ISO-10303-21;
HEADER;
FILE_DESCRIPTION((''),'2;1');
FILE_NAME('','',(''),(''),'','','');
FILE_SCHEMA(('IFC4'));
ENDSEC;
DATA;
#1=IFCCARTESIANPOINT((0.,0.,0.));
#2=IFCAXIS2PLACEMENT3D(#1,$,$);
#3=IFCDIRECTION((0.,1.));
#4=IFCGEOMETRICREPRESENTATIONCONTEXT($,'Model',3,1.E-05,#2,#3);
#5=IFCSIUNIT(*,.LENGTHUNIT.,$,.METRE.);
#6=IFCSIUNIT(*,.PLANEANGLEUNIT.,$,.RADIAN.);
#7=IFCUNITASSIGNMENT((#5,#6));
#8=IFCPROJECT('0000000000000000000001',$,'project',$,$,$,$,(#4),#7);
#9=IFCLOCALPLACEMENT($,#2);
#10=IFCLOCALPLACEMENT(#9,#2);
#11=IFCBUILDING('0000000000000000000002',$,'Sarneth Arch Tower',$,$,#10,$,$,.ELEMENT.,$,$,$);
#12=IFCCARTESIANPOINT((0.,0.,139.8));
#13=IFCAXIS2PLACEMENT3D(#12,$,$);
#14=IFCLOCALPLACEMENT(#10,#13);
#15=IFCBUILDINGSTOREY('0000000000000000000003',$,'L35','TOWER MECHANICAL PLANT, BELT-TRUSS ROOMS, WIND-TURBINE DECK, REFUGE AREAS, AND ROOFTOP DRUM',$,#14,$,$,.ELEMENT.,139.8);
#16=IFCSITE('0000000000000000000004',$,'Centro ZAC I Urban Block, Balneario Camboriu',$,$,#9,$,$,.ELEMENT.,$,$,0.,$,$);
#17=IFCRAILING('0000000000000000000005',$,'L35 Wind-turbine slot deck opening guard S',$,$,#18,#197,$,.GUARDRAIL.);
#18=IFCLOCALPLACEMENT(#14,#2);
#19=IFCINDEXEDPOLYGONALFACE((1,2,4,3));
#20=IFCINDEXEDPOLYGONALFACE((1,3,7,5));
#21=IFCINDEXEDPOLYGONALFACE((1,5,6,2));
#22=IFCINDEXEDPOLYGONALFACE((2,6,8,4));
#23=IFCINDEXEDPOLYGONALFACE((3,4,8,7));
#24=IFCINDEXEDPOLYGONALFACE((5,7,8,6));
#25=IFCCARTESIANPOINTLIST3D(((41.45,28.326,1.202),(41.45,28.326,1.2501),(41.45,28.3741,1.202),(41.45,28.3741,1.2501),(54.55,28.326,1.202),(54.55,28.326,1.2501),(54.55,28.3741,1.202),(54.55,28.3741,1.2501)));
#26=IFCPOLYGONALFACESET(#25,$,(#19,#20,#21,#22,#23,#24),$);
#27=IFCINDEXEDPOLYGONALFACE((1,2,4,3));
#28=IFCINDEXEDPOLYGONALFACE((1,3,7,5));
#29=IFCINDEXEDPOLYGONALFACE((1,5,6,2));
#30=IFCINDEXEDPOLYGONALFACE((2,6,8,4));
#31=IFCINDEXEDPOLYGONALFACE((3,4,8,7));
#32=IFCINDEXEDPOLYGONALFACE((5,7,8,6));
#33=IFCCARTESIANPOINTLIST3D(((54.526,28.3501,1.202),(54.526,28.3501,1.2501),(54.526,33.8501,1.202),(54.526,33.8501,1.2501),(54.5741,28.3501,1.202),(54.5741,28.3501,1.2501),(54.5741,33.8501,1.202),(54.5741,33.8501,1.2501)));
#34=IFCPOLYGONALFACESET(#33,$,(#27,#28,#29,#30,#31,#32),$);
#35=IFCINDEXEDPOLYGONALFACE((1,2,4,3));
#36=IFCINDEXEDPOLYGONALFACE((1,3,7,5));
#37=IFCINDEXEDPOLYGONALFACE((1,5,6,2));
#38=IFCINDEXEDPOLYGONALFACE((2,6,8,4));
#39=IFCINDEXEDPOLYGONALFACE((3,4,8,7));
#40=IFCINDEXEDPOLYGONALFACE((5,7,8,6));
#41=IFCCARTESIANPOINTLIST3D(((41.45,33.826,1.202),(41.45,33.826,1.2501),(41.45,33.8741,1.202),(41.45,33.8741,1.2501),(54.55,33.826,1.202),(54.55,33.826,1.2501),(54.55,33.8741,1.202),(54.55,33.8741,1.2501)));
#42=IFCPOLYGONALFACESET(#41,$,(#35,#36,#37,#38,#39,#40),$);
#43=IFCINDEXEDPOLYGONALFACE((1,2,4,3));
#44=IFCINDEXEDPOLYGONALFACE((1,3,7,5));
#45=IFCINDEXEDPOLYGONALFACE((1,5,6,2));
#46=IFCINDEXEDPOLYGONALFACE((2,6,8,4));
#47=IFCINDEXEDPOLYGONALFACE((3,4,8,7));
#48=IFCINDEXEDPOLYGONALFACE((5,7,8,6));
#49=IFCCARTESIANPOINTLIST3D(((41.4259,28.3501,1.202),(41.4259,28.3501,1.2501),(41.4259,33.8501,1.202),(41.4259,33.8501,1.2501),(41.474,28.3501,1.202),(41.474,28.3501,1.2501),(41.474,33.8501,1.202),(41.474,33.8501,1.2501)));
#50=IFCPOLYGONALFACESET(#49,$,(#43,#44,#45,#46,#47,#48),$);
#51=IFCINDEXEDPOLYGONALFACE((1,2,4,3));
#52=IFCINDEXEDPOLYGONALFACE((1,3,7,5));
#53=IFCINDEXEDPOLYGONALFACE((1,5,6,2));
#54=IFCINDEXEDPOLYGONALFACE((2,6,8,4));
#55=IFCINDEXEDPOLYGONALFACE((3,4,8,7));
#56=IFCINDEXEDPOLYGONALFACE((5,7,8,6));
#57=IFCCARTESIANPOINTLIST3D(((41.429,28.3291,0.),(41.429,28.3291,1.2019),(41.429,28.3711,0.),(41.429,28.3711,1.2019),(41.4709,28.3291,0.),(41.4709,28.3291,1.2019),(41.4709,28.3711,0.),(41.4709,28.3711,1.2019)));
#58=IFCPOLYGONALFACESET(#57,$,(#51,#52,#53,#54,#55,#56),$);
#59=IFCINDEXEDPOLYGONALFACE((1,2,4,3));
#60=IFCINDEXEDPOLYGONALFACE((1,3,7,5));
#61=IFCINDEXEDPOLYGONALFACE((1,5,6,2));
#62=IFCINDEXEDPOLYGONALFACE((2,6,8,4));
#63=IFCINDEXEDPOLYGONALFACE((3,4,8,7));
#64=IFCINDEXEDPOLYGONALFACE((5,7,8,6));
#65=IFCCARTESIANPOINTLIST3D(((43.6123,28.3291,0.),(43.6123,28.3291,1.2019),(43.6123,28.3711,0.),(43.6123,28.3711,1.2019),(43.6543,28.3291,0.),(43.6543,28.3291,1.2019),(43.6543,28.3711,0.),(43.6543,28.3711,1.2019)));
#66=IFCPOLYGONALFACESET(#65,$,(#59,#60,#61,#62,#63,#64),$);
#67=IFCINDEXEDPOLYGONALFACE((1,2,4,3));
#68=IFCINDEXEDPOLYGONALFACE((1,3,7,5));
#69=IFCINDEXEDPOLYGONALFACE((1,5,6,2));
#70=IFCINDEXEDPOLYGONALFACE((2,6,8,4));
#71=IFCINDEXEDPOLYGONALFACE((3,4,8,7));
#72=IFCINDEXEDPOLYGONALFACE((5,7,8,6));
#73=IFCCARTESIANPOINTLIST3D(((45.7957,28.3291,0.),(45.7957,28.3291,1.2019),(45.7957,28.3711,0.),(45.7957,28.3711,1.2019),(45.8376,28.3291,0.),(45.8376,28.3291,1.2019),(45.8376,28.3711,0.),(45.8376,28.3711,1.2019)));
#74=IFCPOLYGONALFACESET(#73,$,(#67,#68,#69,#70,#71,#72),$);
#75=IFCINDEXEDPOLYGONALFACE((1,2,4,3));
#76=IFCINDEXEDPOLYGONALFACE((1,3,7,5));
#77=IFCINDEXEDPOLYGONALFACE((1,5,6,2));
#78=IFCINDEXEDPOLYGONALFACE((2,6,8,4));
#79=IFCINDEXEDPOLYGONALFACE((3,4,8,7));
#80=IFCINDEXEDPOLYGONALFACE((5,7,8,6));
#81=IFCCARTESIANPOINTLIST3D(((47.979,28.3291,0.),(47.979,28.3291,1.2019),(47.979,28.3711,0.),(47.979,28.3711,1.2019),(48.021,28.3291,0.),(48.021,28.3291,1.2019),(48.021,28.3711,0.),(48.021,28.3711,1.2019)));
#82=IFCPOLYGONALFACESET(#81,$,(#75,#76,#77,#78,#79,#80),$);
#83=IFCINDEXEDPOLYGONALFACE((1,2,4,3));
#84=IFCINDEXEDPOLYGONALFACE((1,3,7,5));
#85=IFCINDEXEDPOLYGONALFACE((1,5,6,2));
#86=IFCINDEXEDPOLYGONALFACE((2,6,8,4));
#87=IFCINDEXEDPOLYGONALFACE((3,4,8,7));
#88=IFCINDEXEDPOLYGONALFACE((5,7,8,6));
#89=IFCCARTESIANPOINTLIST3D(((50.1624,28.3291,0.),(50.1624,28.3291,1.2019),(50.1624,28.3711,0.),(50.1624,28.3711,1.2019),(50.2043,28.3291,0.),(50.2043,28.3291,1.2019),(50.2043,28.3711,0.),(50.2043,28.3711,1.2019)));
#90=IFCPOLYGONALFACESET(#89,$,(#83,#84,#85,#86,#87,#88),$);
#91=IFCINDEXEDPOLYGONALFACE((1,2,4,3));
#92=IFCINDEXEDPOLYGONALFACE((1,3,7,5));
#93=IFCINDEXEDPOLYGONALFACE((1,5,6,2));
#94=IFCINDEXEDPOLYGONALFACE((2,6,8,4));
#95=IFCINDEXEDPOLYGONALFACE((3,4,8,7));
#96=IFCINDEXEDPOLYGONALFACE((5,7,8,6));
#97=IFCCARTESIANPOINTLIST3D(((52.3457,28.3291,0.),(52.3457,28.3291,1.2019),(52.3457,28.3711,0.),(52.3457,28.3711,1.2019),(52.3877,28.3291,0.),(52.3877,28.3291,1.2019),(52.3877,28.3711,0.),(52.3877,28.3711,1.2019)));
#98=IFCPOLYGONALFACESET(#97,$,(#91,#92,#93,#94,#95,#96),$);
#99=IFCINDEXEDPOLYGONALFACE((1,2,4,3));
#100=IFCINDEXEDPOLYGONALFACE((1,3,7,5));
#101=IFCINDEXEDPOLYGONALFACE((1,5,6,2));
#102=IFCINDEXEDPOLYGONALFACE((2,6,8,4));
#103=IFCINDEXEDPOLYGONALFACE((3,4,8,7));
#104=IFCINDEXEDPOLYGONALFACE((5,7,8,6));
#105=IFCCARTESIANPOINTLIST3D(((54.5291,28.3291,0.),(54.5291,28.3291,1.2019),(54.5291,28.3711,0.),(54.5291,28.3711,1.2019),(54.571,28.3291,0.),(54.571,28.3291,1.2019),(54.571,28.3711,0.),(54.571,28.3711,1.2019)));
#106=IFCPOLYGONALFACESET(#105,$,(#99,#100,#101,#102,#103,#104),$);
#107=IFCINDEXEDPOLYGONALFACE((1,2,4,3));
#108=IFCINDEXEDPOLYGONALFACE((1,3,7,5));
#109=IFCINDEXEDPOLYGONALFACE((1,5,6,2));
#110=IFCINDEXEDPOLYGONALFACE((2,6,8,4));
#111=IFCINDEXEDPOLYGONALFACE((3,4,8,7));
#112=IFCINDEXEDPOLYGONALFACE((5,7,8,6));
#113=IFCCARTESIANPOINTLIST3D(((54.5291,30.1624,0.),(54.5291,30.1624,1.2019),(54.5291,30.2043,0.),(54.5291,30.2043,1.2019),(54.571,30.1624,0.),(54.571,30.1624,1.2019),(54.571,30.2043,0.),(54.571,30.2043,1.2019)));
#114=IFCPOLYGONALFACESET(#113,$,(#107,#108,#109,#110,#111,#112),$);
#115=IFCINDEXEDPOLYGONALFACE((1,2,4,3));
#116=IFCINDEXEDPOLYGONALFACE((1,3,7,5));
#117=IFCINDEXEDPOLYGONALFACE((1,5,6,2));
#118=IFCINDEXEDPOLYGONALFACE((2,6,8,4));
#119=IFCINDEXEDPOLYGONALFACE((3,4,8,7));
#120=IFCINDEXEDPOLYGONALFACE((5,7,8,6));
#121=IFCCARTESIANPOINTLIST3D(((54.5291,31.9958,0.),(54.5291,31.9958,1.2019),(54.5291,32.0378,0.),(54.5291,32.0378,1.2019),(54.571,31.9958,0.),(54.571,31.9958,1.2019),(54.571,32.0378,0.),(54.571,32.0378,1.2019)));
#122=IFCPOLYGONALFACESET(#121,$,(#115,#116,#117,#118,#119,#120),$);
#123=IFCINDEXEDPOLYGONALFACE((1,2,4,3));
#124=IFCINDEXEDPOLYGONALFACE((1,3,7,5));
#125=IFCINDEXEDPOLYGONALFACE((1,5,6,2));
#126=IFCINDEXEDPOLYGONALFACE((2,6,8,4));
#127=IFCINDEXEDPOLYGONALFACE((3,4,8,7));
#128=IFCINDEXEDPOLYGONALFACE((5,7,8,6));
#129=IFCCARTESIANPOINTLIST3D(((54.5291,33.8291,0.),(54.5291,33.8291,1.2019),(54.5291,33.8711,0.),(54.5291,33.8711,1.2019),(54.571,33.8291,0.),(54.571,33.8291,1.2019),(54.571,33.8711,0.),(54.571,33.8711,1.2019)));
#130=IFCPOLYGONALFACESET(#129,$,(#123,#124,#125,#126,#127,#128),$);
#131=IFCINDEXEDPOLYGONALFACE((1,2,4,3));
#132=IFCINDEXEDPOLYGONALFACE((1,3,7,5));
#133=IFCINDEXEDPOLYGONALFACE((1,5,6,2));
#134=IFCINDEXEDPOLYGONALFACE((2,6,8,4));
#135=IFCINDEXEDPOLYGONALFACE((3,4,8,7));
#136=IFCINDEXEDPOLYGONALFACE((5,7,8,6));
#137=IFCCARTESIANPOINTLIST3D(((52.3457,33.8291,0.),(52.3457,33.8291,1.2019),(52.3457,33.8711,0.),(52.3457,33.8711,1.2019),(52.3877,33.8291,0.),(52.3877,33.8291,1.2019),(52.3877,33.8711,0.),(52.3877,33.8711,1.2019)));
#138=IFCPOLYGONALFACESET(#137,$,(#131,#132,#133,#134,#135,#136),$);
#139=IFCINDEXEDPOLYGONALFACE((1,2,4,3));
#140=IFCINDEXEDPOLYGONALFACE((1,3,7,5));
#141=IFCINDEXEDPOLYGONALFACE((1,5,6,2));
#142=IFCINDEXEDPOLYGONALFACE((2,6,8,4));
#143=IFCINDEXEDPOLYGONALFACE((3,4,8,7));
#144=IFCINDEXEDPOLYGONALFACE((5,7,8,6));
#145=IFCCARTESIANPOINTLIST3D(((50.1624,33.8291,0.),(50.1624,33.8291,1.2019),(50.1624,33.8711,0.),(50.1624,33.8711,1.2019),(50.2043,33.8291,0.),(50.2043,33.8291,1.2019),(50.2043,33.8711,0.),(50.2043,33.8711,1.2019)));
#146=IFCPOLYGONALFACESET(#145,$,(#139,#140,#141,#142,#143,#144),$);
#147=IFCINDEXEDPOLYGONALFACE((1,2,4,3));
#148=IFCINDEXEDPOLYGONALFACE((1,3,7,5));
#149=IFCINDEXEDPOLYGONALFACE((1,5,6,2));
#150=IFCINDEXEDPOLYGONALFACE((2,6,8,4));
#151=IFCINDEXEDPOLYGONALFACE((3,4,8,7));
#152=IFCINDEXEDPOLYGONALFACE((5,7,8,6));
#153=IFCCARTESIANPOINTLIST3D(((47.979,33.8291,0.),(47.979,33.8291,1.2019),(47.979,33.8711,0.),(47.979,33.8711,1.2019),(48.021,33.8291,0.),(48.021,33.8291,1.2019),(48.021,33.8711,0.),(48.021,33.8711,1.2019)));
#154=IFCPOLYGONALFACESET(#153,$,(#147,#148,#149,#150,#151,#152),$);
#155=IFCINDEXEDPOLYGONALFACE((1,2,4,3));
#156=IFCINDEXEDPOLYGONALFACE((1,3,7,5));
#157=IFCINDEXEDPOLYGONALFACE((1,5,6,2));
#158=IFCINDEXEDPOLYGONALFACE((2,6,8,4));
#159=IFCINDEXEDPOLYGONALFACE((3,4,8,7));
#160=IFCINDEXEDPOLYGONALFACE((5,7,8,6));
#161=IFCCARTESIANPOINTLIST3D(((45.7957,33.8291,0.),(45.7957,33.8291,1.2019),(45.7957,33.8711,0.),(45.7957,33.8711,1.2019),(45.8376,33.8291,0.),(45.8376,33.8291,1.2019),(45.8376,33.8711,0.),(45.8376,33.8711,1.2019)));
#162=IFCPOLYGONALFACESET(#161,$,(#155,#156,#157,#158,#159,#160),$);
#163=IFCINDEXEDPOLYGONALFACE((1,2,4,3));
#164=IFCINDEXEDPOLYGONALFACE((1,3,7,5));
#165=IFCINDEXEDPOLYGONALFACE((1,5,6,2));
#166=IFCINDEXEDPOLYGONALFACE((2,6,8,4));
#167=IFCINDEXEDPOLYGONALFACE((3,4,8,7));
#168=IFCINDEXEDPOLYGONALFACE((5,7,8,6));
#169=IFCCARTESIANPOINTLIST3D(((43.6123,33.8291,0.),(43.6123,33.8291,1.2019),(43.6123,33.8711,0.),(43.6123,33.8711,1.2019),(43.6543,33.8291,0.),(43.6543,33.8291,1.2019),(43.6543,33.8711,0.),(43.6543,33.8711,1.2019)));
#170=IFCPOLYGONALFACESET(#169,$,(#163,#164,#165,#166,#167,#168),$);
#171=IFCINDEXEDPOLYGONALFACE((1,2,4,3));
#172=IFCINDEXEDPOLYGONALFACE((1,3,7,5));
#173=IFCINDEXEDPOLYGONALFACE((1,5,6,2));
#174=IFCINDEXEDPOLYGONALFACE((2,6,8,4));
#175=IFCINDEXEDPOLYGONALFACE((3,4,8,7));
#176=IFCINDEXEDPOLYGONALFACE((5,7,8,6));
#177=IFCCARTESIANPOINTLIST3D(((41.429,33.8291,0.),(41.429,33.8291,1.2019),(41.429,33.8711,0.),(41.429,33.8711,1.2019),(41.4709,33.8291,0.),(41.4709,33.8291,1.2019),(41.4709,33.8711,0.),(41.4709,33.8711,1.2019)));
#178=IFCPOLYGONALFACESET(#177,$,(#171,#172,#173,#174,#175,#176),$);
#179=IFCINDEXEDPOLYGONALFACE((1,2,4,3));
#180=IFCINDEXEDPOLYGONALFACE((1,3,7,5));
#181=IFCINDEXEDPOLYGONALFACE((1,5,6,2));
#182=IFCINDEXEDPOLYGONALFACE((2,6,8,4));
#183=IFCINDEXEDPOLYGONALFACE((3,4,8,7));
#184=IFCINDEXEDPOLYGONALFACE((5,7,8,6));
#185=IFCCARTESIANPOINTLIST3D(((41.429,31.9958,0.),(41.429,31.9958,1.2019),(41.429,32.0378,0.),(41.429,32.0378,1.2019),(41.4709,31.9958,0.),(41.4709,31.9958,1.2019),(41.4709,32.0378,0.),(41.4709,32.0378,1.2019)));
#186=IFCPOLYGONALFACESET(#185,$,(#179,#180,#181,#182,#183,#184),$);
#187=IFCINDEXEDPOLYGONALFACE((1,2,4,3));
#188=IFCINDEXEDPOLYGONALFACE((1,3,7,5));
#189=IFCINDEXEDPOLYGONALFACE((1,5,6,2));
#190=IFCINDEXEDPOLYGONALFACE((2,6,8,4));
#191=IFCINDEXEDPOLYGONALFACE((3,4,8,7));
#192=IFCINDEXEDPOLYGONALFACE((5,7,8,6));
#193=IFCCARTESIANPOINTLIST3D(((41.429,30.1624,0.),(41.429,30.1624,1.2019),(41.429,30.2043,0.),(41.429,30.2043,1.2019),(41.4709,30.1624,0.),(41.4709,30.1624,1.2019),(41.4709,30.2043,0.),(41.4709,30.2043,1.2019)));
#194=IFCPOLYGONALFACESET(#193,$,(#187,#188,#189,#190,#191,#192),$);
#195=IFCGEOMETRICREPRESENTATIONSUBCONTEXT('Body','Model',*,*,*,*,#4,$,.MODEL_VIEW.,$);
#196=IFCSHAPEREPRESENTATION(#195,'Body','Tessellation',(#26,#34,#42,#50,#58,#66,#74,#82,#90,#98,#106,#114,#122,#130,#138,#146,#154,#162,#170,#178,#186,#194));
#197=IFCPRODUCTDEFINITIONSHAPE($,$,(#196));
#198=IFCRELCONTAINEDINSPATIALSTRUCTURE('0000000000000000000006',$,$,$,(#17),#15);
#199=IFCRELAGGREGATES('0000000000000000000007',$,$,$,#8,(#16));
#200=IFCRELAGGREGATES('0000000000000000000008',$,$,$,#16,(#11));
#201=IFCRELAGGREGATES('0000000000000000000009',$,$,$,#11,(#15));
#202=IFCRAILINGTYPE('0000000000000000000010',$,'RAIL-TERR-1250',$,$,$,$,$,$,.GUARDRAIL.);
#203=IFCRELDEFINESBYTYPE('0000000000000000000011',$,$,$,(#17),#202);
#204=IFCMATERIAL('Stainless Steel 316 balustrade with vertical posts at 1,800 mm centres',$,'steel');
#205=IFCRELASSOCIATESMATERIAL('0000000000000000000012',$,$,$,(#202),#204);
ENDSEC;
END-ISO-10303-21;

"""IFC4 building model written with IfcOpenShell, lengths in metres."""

from ifc_helpers import new_model, si_unit, direction, frame, origin, origin_2d, place, context, subcontext, project, spatial, rectangle, extrude, material, type_object, element, save


model = new_model("IFC4")

# Units and contexts
model_context = context("Model", 3, precision=1e-05, world=origin(), true_north=direction((0.0, 1.0)))
body_context = subcontext(model_context, "Body", "Model", "MODEL_VIEW")
ifc_project = project(units=[si_unit("LENGTHUNIT", "METRE"), si_unit("PLANEANGLEUNIT", "RADIAN")], contexts=[model_context])

# Site, building, storey
site_placement = place(None, origin())
site = spatial("IfcSite", under=ifc_project, at=site_placement, Name="Centro ZAC I Urban Block, Balneario Camboriu", CompositionType="ELEMENT", RefElevation=0.0)
building_placement = place(site_placement, origin())
building = spatial("IfcBuilding", under=site, at=building_placement, Name="Sarneth Arch Tower", CompositionType="ELEMENT")
storey_placement = place(building_placement, frame((0.0, 0.0, 139.8)))
storey = spatial("IfcBuildingStorey", under=building, at=storey_placement, Name="L35", Description="TOWER MECHANICAL PLANT, BELT-TRUSS ROOMS, WIND-TURBINE DECK, REFUGE AREAS, AND ROOFTOP DRUM", CompositionType="ELEMENT", Elevation=139.8)

# Railing
ifc_material_1 = material(Name="Stainless Steel 316 balustrade with vertical posts at 1,800 mm centres", Category="steel")
railing_type = type_object("IfcRailingType", Name="RAIL-TERR-1250", PredefinedType="GUARDRAIL", material=ifc_material_1)
railing_1_placement = place(storey_placement, frame((41.45, 28.3501, 0.0)))
element("IfcRailing", 1, at=railing_1_placement, inside=storey, type_object=railing_type, Name="L35 Wind-turbine slot deck opening guard S", PredefinedType="GUARDRAIL", context=body_context, shape_type="SweptSolid", body=[
    extrude(rectangle(XDim=0.0481, YDim=0.0481, at=origin_2d()), frame((0.0, 0.0, 1.2261), z_axis=(1.0, 0.0, 0.0), x_axis=(0.0, 1.0, 0.0)), (0.0, 0.0, 1.0), 13.1001),
    extrude(rectangle(XDim=0.0481, YDim=0.0481, at=origin_2d()), frame((13.1001, 0.0, 1.2261), z_axis=(0.0, 1.0, 0.0), x_axis=(-1.0, 0.0, 0.0)), (0.0, 0.0, 1.0), 5.5),
    extrude(rectangle(XDim=0.0481, YDim=0.0481, at=origin_2d()), frame((13.1001, 5.5, 1.2261), z_axis=(-1.0, 0.0, 0.0), x_axis=(0.0, -1.0, 0.0)), (0.0, 0.0, 1.0), 13.1001),
    extrude(rectangle(XDim=0.0481, YDim=0.0481, at=origin_2d()), frame((0.0, 5.5, 1.2261), z_axis=(0.0, -1.0, 0.0), x_axis=(1.0, 0.0, 0.0)), (0.0, 0.0, 1.0), 5.5),
    extrude(rectangle(XDim=0.042, YDim=0.042, at=origin_2d()), origin(), (0.0, 0.0, 1.0), 1.2019),
    extrude(rectangle(XDim=0.042, YDim=0.042, at=origin_2d()), frame((2.1833, 0.0, 0.0)), (0.0, 0.0, 1.0), 1.2019),
    extrude(rectangle(XDim=0.042, YDim=0.042, at=origin_2d()), frame((4.3667, 0.0, 0.0)), (0.0, 0.0, 1.0), 1.2019),
    extrude(rectangle(XDim=0.042, YDim=0.042, at=origin_2d()), frame((6.55, 0.0, 0.0)), (0.0, 0.0, 1.0), 1.2019),
    extrude(rectangle(XDim=0.042, YDim=0.042, at=origin_2d()), frame((8.7334, 0.0, 0.0)), (0.0, 0.0, 1.0), 1.2019),
    extrude(rectangle(XDim=0.042, YDim=0.042, at=origin_2d()), frame((10.9167, 0.0, 0.0)), (0.0, 0.0, 1.0), 1.2019),
    extrude(rectangle(XDim=0.042, YDim=0.042, at=origin_2d()), frame((13.1001, 0.0, 0.0)), (0.0, 0.0, 1.0), 1.2019),
    extrude(rectangle(XDim=0.042, YDim=0.042, at=origin_2d()), frame((13.1001, 1.8333, 0.0)), (0.0, 0.0, 1.0), 1.2019),
    extrude(rectangle(XDim=0.042, YDim=0.042, at=origin_2d()), frame((13.1001, 3.6667, 0.0)), (0.0, 0.0, 1.0), 1.2019),
    extrude(rectangle(XDim=0.042, YDim=0.042, at=origin_2d()), frame((13.1001, 5.5, 0.0)), (0.0, 0.0, 1.0), 1.2019),
    extrude(rectangle(XDim=0.042, YDim=0.042, at=origin_2d()), frame((10.9167, 5.5, 0.0)), (0.0, 0.0, 1.0), 1.2019),
    extrude(rectangle(XDim=0.042, YDim=0.042, at=origin_2d()), frame((8.7334, 5.5, 0.0)), (0.0, 0.0, 1.0), 1.2019),
    extrude(rectangle(XDim=0.042, YDim=0.042, at=origin_2d()), frame((6.55, 5.5, 0.0)), (0.0, 0.0, 1.0), 1.2019),
    extrude(rectangle(XDim=0.042, YDim=0.042, at=origin_2d()), frame((4.3667, 5.5, 0.0)), (0.0, 0.0, 1.0), 1.2019),
    extrude(rectangle(XDim=0.042, YDim=0.042, at=origin_2d()), frame((2.1833, 5.5, 0.0)), (0.0, 0.0, 1.0), 1.2019),
    extrude(rectangle(XDim=0.042, YDim=0.042, at=origin_2d()), frame((0.0, 5.5, 0.0)), (0.0, 0.0, 1.0), 1.2019),
    extrude(rectangle(XDim=0.042, YDim=0.042, at=origin_2d()), frame((0.0, 3.6667, 0.0)), (0.0, 0.0, 1.0), 1.2019),
    extrude(rectangle(XDim=0.042, YDim=0.042, at=origin_2d()), frame((0.0, 1.8333, 0.0)), (0.0, 0.0, 1.0), 1.2019),
])

save(model, "model.ifc")
